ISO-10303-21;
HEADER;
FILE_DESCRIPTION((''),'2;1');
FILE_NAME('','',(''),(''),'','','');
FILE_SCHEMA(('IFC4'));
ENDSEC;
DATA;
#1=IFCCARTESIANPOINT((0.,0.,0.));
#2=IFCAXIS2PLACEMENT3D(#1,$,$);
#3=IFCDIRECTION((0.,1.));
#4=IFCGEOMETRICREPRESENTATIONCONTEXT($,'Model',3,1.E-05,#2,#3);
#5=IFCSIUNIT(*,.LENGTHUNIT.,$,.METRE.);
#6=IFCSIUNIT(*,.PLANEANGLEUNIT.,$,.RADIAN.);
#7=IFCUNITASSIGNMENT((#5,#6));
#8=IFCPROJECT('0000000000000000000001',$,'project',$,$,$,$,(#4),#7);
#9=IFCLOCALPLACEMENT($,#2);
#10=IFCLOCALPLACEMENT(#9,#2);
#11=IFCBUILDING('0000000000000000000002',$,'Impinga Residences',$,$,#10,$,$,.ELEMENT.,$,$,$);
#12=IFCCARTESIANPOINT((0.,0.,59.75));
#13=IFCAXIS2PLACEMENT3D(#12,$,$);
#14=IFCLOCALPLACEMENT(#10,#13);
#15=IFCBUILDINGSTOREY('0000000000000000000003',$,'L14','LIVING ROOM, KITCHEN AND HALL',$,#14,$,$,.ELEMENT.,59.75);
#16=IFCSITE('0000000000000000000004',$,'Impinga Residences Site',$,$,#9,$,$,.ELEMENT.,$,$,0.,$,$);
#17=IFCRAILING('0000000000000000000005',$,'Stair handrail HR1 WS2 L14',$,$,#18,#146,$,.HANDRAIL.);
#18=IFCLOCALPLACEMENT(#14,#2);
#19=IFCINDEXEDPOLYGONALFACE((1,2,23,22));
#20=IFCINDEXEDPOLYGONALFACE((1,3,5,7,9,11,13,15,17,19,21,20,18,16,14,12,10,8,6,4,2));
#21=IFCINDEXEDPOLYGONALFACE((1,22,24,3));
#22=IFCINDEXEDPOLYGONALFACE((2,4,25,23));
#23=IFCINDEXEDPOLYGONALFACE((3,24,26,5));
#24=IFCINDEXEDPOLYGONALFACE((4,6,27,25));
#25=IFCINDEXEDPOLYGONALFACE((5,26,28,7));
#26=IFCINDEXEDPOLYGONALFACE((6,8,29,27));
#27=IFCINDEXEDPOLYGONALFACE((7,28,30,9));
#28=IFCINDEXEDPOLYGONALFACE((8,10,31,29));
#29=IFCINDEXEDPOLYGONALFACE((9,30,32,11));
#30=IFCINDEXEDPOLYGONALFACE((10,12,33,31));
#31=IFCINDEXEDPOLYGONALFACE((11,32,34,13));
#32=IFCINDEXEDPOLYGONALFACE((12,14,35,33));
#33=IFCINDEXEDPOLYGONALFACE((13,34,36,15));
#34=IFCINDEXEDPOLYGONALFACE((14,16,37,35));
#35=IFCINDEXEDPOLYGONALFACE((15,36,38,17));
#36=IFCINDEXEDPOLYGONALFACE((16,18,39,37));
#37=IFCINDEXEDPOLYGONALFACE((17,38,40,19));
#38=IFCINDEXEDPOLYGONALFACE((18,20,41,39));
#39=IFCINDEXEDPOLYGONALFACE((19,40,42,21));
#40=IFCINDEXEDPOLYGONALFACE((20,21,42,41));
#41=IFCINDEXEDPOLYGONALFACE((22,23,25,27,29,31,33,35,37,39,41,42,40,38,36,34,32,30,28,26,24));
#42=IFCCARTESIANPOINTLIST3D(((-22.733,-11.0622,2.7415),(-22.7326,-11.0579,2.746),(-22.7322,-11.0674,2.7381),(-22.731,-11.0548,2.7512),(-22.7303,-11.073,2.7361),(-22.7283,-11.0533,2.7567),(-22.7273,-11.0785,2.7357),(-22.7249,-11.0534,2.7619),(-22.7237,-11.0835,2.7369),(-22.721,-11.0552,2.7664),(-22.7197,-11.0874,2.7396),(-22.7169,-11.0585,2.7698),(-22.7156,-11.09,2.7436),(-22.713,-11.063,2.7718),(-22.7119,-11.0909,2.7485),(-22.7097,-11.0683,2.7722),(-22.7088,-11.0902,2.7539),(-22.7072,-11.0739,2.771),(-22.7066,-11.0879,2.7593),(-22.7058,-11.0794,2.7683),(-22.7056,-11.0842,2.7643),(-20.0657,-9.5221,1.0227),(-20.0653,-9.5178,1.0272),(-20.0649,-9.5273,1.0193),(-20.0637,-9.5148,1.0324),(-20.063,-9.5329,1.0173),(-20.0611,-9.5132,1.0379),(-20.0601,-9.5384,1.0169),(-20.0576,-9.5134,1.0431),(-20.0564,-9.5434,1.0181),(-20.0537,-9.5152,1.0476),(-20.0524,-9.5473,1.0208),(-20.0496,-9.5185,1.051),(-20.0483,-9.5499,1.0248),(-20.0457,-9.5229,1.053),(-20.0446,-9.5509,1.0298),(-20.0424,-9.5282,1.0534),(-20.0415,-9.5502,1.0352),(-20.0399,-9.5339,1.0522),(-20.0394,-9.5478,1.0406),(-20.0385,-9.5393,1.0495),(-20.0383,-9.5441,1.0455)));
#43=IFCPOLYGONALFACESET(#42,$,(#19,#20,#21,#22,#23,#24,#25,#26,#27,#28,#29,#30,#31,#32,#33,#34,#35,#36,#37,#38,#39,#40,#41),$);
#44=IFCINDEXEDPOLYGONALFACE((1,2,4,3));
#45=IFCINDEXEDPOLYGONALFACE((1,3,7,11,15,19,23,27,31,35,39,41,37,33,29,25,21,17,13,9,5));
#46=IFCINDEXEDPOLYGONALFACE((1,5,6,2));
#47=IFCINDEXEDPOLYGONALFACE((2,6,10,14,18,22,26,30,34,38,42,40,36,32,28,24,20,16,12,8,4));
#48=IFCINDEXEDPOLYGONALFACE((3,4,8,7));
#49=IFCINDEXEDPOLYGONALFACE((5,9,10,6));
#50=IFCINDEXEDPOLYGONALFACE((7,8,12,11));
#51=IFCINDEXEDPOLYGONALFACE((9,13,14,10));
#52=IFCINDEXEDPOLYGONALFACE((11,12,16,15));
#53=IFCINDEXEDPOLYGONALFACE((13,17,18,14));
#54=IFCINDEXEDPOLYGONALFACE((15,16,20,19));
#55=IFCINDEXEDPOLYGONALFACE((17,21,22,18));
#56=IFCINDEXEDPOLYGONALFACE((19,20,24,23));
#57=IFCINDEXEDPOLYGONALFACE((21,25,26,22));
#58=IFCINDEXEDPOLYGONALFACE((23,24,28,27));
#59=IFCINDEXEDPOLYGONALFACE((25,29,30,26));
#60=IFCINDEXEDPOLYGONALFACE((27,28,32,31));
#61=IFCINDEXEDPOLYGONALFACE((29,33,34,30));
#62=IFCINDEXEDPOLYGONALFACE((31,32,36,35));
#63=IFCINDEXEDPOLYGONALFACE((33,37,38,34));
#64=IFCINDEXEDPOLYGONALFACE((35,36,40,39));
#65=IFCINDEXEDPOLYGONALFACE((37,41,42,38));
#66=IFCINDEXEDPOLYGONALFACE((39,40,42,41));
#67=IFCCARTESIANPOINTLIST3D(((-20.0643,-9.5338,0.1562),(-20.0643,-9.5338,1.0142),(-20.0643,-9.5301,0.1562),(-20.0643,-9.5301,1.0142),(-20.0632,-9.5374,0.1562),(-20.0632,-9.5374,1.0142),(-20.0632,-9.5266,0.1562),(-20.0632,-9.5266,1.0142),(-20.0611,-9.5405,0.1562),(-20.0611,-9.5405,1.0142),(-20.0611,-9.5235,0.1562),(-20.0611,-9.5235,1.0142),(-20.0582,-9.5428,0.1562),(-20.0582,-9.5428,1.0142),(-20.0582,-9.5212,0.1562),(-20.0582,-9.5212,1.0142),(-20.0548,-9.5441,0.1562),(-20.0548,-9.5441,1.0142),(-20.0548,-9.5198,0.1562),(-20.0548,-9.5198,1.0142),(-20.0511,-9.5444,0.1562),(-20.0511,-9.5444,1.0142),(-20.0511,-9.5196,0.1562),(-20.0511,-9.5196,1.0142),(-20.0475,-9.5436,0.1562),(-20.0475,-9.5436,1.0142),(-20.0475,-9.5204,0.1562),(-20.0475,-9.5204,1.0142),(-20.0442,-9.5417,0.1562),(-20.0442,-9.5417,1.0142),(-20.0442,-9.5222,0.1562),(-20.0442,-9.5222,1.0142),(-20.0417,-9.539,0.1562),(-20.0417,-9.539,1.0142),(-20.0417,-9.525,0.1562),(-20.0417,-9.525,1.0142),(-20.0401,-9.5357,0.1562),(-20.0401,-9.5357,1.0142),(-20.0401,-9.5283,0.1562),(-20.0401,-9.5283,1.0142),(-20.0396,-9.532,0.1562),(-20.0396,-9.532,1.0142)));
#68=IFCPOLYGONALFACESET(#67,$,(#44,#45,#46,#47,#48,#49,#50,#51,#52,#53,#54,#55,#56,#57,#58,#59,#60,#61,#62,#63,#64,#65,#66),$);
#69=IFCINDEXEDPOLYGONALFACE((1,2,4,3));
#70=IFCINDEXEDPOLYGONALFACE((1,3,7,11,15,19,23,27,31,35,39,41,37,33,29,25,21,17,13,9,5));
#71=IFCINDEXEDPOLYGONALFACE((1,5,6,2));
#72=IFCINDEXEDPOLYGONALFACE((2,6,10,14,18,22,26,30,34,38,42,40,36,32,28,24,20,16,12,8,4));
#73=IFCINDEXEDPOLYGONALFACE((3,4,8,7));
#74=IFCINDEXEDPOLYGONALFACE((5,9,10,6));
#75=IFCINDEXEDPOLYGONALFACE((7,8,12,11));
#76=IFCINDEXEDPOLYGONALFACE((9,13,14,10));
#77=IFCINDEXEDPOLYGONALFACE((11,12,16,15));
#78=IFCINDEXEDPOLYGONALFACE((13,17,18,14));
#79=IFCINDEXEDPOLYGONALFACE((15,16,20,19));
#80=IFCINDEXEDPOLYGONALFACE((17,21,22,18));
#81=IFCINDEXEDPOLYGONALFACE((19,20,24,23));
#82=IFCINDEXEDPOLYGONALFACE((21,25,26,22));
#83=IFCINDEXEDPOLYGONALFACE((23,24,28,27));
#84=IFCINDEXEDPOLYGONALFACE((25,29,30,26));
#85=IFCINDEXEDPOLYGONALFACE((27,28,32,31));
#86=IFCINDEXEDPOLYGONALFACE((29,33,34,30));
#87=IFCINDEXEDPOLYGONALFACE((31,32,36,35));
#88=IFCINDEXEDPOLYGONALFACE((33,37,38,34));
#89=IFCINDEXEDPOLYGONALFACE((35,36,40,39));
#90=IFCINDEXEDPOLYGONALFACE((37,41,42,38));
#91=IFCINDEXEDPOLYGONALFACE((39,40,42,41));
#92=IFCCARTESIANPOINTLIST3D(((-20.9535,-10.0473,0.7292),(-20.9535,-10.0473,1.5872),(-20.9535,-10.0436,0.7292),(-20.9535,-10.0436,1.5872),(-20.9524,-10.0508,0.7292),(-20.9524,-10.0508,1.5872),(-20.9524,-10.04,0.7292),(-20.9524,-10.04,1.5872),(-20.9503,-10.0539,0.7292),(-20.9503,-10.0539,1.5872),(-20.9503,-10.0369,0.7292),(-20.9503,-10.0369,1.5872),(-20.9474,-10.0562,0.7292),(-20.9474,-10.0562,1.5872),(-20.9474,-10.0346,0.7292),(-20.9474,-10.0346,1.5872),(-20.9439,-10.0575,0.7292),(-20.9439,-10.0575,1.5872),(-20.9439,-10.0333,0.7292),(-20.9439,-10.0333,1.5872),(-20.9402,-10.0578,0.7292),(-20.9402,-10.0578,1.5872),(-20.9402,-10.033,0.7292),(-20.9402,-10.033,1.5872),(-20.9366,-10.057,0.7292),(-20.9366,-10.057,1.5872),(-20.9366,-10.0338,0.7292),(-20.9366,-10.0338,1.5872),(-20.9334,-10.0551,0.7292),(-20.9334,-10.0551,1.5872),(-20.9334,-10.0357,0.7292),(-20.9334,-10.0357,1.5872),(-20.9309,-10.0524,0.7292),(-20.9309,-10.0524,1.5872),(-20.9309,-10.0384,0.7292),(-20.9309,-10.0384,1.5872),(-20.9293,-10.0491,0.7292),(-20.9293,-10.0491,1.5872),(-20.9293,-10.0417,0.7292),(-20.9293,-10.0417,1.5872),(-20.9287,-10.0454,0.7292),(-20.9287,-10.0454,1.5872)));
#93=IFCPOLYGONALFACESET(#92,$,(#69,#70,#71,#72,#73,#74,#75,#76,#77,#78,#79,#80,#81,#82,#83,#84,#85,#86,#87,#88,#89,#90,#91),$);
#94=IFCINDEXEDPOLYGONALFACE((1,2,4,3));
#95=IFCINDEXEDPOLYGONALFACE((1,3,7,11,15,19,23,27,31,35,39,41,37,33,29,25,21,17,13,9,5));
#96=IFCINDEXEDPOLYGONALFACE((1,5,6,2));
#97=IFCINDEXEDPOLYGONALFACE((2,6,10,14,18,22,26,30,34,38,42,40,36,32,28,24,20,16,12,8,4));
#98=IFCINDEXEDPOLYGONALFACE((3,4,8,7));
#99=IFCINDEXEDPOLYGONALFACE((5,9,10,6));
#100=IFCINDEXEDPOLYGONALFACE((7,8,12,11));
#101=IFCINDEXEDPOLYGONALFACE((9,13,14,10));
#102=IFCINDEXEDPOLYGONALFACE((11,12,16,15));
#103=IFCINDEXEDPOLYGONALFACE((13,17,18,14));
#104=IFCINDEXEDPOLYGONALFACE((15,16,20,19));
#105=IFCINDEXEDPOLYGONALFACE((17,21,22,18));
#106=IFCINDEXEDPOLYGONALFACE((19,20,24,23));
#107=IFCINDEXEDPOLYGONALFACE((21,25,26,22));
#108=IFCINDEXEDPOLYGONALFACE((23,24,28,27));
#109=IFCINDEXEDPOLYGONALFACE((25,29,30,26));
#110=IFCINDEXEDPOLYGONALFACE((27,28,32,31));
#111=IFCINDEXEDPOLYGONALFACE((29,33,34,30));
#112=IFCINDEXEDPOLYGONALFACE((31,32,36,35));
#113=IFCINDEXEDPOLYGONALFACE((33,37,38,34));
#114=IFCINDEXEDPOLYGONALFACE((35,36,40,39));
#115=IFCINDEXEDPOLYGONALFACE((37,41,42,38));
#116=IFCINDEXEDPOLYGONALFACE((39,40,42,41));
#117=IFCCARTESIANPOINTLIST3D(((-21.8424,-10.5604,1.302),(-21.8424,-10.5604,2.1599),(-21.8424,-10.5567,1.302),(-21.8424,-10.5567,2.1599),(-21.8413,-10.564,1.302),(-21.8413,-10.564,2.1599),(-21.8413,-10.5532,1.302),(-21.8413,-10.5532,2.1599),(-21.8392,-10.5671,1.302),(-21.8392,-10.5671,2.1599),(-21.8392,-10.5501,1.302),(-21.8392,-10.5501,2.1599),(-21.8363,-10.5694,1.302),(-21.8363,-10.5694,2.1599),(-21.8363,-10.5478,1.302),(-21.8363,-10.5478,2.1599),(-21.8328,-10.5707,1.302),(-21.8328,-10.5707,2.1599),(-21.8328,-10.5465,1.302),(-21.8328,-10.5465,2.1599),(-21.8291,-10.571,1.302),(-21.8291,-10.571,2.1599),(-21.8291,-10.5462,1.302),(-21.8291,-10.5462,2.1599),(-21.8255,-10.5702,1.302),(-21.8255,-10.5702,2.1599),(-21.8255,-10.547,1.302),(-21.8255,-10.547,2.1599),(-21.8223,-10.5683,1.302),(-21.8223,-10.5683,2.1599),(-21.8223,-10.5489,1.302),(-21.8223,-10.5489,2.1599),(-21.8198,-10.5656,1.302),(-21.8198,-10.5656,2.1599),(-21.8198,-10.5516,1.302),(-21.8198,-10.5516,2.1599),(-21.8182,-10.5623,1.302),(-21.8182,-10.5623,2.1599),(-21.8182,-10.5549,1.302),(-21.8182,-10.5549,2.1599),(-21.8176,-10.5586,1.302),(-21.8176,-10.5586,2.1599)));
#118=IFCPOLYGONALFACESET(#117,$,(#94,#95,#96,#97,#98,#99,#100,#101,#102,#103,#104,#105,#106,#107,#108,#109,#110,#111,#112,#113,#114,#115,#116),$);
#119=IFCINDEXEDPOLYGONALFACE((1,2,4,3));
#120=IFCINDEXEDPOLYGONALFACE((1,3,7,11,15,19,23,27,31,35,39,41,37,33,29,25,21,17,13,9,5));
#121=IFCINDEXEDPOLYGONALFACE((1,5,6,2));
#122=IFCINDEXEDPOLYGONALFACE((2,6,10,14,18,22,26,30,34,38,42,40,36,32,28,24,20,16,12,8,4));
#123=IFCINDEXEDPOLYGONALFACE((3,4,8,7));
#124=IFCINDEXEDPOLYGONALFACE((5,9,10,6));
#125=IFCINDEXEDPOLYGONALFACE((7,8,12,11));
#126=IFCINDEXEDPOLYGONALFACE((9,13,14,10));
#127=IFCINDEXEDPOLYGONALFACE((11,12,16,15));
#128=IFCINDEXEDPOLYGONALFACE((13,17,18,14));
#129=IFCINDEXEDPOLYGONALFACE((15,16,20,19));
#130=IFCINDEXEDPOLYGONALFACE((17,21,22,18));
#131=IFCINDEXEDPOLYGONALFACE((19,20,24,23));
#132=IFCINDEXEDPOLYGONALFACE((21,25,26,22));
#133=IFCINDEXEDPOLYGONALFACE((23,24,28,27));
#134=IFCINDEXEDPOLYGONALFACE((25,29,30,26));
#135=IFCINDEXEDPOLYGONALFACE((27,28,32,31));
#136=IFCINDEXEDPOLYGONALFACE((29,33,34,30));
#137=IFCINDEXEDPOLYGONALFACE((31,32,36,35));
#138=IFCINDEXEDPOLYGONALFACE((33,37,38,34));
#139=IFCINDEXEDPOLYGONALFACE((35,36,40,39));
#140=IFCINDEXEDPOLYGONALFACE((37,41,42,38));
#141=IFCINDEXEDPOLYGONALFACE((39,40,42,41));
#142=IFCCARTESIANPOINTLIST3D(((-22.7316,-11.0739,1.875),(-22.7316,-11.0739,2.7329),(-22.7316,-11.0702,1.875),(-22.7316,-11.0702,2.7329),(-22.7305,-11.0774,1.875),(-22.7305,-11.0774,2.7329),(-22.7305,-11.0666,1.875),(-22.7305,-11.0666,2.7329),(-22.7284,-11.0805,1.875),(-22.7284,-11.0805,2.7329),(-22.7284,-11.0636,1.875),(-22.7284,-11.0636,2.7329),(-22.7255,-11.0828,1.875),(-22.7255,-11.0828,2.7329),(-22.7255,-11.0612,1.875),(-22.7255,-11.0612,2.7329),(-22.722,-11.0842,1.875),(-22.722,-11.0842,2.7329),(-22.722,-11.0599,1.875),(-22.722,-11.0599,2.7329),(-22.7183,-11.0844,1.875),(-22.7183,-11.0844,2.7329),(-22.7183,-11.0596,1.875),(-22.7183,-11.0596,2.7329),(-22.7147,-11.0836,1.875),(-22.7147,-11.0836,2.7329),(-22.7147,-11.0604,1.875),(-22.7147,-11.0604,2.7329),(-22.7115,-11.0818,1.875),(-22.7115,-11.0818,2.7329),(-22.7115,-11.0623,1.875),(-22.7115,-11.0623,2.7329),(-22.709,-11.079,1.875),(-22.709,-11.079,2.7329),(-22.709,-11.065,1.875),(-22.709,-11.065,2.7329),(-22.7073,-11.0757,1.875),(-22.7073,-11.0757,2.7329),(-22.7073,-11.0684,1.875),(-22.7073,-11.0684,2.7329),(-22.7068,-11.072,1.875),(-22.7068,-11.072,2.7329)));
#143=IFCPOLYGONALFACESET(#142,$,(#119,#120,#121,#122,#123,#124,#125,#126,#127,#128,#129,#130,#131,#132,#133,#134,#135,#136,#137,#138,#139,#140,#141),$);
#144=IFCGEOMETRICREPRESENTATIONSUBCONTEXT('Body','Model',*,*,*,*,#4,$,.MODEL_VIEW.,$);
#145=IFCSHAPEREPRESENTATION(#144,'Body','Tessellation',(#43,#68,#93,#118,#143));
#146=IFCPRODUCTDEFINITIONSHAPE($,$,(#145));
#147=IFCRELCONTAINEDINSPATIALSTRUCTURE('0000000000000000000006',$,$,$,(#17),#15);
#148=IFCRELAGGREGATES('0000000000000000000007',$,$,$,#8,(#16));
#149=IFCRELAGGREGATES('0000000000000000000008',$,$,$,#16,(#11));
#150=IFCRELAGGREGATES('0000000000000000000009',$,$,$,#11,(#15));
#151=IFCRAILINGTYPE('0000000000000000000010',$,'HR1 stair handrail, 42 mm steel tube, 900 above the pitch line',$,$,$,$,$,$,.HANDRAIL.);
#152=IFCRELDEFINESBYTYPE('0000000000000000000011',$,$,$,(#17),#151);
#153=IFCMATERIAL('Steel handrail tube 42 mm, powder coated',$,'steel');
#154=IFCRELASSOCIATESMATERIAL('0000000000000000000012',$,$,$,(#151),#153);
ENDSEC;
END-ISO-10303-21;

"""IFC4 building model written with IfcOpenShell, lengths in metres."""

from ifc_helpers import new_model, si_unit, direction, frame, origin, origin_2d, place, context, subcontext, project, spatial, circle, extrude, material, type_object, element, save


model = new_model("IFC4")

# Units and contexts
model_context = context("Model", 3, precision=1e-05, world=origin(), true_north=direction((0.0, 1.0)))
body_context = subcontext(model_context, "Body", "Model", "MODEL_VIEW")
ifc_project = project(units=[si_unit("LENGTHUNIT", "METRE"), si_unit("PLANEANGLEUNIT", "RADIAN")], contexts=[model_context])

# Site, building, storey
site_placement = place(None, origin())
site = spatial("IfcSite", under=ifc_project, at=site_placement, Name="Impinga Residences Site", CompositionType="ELEMENT", RefElevation=0.0)
building_placement = place(site_placement, origin())
building = spatial("IfcBuilding", under=site, at=building_placement, Name="Impinga Residences", CompositionType="ELEMENT")
storey_placement = place(building_placement, frame((0.0, 0.0, 59.75)))
storey = spatial("IfcBuildingStorey", under=building, at=storey_placement, Name="L14", Description="LIVING ROOM, KITCHEN AND HALL", CompositionType="ELEMENT", Elevation=59.75)

# Railing
ifc_material_1 = material(Name="Steel handrail tube 42 mm, powder coated", Category="steel")
railing_type_1 = type_object("IfcRailingType", Name="HR1 stair handrail, 42 mm steel tube, 900 above the pitch line", PredefinedType="HANDRAIL", material=ifc_material_1)
railing_1_placement = place(storey_placement, frame((-20.052, -9.532, 0.1562)))
element("IfcRailing", 1, at=railing_1_placement, inside=storey, type_object=railing_type_1, Name="Stair handrail HR1 WS2 L14", PredefinedType="HANDRAIL", context=body_context, shape_type="SweptSolid", body=[
    extrude(circle(Radius=0.021, at=origin_2d()), frame((0.0, 0.0, 0.8789), z_axis=(-0.756226, -0.436639, 0.487307), x_axis=(0.500027, -0.86601, 0.0)), (0.0, 0.0, 1.0), 3.5271),
    extrude(circle(Radius=0.0125, at=origin_2d()), origin(), (0.0, 0.0, 1.0), 0.8579),
    extrude(circle(Radius=0.0125, at=origin_2d()), frame((-0.8892, -0.5134, 0.573)), (0.0, 0.0, 1.0), 0.8579),
    extrude(circle(Radius=0.0125, at=origin_2d()), frame((-1.7781, -1.0266, 1.1458)), (0.0, 0.0, 1.0), 0.8579),
    extrude(circle(Radius=0.0125, at=origin_2d()), frame((-2.6672, -1.54, 1.7188)), (0.0, 0.0, 1.0), 0.8579),
])

save(model, "model.ifc")
